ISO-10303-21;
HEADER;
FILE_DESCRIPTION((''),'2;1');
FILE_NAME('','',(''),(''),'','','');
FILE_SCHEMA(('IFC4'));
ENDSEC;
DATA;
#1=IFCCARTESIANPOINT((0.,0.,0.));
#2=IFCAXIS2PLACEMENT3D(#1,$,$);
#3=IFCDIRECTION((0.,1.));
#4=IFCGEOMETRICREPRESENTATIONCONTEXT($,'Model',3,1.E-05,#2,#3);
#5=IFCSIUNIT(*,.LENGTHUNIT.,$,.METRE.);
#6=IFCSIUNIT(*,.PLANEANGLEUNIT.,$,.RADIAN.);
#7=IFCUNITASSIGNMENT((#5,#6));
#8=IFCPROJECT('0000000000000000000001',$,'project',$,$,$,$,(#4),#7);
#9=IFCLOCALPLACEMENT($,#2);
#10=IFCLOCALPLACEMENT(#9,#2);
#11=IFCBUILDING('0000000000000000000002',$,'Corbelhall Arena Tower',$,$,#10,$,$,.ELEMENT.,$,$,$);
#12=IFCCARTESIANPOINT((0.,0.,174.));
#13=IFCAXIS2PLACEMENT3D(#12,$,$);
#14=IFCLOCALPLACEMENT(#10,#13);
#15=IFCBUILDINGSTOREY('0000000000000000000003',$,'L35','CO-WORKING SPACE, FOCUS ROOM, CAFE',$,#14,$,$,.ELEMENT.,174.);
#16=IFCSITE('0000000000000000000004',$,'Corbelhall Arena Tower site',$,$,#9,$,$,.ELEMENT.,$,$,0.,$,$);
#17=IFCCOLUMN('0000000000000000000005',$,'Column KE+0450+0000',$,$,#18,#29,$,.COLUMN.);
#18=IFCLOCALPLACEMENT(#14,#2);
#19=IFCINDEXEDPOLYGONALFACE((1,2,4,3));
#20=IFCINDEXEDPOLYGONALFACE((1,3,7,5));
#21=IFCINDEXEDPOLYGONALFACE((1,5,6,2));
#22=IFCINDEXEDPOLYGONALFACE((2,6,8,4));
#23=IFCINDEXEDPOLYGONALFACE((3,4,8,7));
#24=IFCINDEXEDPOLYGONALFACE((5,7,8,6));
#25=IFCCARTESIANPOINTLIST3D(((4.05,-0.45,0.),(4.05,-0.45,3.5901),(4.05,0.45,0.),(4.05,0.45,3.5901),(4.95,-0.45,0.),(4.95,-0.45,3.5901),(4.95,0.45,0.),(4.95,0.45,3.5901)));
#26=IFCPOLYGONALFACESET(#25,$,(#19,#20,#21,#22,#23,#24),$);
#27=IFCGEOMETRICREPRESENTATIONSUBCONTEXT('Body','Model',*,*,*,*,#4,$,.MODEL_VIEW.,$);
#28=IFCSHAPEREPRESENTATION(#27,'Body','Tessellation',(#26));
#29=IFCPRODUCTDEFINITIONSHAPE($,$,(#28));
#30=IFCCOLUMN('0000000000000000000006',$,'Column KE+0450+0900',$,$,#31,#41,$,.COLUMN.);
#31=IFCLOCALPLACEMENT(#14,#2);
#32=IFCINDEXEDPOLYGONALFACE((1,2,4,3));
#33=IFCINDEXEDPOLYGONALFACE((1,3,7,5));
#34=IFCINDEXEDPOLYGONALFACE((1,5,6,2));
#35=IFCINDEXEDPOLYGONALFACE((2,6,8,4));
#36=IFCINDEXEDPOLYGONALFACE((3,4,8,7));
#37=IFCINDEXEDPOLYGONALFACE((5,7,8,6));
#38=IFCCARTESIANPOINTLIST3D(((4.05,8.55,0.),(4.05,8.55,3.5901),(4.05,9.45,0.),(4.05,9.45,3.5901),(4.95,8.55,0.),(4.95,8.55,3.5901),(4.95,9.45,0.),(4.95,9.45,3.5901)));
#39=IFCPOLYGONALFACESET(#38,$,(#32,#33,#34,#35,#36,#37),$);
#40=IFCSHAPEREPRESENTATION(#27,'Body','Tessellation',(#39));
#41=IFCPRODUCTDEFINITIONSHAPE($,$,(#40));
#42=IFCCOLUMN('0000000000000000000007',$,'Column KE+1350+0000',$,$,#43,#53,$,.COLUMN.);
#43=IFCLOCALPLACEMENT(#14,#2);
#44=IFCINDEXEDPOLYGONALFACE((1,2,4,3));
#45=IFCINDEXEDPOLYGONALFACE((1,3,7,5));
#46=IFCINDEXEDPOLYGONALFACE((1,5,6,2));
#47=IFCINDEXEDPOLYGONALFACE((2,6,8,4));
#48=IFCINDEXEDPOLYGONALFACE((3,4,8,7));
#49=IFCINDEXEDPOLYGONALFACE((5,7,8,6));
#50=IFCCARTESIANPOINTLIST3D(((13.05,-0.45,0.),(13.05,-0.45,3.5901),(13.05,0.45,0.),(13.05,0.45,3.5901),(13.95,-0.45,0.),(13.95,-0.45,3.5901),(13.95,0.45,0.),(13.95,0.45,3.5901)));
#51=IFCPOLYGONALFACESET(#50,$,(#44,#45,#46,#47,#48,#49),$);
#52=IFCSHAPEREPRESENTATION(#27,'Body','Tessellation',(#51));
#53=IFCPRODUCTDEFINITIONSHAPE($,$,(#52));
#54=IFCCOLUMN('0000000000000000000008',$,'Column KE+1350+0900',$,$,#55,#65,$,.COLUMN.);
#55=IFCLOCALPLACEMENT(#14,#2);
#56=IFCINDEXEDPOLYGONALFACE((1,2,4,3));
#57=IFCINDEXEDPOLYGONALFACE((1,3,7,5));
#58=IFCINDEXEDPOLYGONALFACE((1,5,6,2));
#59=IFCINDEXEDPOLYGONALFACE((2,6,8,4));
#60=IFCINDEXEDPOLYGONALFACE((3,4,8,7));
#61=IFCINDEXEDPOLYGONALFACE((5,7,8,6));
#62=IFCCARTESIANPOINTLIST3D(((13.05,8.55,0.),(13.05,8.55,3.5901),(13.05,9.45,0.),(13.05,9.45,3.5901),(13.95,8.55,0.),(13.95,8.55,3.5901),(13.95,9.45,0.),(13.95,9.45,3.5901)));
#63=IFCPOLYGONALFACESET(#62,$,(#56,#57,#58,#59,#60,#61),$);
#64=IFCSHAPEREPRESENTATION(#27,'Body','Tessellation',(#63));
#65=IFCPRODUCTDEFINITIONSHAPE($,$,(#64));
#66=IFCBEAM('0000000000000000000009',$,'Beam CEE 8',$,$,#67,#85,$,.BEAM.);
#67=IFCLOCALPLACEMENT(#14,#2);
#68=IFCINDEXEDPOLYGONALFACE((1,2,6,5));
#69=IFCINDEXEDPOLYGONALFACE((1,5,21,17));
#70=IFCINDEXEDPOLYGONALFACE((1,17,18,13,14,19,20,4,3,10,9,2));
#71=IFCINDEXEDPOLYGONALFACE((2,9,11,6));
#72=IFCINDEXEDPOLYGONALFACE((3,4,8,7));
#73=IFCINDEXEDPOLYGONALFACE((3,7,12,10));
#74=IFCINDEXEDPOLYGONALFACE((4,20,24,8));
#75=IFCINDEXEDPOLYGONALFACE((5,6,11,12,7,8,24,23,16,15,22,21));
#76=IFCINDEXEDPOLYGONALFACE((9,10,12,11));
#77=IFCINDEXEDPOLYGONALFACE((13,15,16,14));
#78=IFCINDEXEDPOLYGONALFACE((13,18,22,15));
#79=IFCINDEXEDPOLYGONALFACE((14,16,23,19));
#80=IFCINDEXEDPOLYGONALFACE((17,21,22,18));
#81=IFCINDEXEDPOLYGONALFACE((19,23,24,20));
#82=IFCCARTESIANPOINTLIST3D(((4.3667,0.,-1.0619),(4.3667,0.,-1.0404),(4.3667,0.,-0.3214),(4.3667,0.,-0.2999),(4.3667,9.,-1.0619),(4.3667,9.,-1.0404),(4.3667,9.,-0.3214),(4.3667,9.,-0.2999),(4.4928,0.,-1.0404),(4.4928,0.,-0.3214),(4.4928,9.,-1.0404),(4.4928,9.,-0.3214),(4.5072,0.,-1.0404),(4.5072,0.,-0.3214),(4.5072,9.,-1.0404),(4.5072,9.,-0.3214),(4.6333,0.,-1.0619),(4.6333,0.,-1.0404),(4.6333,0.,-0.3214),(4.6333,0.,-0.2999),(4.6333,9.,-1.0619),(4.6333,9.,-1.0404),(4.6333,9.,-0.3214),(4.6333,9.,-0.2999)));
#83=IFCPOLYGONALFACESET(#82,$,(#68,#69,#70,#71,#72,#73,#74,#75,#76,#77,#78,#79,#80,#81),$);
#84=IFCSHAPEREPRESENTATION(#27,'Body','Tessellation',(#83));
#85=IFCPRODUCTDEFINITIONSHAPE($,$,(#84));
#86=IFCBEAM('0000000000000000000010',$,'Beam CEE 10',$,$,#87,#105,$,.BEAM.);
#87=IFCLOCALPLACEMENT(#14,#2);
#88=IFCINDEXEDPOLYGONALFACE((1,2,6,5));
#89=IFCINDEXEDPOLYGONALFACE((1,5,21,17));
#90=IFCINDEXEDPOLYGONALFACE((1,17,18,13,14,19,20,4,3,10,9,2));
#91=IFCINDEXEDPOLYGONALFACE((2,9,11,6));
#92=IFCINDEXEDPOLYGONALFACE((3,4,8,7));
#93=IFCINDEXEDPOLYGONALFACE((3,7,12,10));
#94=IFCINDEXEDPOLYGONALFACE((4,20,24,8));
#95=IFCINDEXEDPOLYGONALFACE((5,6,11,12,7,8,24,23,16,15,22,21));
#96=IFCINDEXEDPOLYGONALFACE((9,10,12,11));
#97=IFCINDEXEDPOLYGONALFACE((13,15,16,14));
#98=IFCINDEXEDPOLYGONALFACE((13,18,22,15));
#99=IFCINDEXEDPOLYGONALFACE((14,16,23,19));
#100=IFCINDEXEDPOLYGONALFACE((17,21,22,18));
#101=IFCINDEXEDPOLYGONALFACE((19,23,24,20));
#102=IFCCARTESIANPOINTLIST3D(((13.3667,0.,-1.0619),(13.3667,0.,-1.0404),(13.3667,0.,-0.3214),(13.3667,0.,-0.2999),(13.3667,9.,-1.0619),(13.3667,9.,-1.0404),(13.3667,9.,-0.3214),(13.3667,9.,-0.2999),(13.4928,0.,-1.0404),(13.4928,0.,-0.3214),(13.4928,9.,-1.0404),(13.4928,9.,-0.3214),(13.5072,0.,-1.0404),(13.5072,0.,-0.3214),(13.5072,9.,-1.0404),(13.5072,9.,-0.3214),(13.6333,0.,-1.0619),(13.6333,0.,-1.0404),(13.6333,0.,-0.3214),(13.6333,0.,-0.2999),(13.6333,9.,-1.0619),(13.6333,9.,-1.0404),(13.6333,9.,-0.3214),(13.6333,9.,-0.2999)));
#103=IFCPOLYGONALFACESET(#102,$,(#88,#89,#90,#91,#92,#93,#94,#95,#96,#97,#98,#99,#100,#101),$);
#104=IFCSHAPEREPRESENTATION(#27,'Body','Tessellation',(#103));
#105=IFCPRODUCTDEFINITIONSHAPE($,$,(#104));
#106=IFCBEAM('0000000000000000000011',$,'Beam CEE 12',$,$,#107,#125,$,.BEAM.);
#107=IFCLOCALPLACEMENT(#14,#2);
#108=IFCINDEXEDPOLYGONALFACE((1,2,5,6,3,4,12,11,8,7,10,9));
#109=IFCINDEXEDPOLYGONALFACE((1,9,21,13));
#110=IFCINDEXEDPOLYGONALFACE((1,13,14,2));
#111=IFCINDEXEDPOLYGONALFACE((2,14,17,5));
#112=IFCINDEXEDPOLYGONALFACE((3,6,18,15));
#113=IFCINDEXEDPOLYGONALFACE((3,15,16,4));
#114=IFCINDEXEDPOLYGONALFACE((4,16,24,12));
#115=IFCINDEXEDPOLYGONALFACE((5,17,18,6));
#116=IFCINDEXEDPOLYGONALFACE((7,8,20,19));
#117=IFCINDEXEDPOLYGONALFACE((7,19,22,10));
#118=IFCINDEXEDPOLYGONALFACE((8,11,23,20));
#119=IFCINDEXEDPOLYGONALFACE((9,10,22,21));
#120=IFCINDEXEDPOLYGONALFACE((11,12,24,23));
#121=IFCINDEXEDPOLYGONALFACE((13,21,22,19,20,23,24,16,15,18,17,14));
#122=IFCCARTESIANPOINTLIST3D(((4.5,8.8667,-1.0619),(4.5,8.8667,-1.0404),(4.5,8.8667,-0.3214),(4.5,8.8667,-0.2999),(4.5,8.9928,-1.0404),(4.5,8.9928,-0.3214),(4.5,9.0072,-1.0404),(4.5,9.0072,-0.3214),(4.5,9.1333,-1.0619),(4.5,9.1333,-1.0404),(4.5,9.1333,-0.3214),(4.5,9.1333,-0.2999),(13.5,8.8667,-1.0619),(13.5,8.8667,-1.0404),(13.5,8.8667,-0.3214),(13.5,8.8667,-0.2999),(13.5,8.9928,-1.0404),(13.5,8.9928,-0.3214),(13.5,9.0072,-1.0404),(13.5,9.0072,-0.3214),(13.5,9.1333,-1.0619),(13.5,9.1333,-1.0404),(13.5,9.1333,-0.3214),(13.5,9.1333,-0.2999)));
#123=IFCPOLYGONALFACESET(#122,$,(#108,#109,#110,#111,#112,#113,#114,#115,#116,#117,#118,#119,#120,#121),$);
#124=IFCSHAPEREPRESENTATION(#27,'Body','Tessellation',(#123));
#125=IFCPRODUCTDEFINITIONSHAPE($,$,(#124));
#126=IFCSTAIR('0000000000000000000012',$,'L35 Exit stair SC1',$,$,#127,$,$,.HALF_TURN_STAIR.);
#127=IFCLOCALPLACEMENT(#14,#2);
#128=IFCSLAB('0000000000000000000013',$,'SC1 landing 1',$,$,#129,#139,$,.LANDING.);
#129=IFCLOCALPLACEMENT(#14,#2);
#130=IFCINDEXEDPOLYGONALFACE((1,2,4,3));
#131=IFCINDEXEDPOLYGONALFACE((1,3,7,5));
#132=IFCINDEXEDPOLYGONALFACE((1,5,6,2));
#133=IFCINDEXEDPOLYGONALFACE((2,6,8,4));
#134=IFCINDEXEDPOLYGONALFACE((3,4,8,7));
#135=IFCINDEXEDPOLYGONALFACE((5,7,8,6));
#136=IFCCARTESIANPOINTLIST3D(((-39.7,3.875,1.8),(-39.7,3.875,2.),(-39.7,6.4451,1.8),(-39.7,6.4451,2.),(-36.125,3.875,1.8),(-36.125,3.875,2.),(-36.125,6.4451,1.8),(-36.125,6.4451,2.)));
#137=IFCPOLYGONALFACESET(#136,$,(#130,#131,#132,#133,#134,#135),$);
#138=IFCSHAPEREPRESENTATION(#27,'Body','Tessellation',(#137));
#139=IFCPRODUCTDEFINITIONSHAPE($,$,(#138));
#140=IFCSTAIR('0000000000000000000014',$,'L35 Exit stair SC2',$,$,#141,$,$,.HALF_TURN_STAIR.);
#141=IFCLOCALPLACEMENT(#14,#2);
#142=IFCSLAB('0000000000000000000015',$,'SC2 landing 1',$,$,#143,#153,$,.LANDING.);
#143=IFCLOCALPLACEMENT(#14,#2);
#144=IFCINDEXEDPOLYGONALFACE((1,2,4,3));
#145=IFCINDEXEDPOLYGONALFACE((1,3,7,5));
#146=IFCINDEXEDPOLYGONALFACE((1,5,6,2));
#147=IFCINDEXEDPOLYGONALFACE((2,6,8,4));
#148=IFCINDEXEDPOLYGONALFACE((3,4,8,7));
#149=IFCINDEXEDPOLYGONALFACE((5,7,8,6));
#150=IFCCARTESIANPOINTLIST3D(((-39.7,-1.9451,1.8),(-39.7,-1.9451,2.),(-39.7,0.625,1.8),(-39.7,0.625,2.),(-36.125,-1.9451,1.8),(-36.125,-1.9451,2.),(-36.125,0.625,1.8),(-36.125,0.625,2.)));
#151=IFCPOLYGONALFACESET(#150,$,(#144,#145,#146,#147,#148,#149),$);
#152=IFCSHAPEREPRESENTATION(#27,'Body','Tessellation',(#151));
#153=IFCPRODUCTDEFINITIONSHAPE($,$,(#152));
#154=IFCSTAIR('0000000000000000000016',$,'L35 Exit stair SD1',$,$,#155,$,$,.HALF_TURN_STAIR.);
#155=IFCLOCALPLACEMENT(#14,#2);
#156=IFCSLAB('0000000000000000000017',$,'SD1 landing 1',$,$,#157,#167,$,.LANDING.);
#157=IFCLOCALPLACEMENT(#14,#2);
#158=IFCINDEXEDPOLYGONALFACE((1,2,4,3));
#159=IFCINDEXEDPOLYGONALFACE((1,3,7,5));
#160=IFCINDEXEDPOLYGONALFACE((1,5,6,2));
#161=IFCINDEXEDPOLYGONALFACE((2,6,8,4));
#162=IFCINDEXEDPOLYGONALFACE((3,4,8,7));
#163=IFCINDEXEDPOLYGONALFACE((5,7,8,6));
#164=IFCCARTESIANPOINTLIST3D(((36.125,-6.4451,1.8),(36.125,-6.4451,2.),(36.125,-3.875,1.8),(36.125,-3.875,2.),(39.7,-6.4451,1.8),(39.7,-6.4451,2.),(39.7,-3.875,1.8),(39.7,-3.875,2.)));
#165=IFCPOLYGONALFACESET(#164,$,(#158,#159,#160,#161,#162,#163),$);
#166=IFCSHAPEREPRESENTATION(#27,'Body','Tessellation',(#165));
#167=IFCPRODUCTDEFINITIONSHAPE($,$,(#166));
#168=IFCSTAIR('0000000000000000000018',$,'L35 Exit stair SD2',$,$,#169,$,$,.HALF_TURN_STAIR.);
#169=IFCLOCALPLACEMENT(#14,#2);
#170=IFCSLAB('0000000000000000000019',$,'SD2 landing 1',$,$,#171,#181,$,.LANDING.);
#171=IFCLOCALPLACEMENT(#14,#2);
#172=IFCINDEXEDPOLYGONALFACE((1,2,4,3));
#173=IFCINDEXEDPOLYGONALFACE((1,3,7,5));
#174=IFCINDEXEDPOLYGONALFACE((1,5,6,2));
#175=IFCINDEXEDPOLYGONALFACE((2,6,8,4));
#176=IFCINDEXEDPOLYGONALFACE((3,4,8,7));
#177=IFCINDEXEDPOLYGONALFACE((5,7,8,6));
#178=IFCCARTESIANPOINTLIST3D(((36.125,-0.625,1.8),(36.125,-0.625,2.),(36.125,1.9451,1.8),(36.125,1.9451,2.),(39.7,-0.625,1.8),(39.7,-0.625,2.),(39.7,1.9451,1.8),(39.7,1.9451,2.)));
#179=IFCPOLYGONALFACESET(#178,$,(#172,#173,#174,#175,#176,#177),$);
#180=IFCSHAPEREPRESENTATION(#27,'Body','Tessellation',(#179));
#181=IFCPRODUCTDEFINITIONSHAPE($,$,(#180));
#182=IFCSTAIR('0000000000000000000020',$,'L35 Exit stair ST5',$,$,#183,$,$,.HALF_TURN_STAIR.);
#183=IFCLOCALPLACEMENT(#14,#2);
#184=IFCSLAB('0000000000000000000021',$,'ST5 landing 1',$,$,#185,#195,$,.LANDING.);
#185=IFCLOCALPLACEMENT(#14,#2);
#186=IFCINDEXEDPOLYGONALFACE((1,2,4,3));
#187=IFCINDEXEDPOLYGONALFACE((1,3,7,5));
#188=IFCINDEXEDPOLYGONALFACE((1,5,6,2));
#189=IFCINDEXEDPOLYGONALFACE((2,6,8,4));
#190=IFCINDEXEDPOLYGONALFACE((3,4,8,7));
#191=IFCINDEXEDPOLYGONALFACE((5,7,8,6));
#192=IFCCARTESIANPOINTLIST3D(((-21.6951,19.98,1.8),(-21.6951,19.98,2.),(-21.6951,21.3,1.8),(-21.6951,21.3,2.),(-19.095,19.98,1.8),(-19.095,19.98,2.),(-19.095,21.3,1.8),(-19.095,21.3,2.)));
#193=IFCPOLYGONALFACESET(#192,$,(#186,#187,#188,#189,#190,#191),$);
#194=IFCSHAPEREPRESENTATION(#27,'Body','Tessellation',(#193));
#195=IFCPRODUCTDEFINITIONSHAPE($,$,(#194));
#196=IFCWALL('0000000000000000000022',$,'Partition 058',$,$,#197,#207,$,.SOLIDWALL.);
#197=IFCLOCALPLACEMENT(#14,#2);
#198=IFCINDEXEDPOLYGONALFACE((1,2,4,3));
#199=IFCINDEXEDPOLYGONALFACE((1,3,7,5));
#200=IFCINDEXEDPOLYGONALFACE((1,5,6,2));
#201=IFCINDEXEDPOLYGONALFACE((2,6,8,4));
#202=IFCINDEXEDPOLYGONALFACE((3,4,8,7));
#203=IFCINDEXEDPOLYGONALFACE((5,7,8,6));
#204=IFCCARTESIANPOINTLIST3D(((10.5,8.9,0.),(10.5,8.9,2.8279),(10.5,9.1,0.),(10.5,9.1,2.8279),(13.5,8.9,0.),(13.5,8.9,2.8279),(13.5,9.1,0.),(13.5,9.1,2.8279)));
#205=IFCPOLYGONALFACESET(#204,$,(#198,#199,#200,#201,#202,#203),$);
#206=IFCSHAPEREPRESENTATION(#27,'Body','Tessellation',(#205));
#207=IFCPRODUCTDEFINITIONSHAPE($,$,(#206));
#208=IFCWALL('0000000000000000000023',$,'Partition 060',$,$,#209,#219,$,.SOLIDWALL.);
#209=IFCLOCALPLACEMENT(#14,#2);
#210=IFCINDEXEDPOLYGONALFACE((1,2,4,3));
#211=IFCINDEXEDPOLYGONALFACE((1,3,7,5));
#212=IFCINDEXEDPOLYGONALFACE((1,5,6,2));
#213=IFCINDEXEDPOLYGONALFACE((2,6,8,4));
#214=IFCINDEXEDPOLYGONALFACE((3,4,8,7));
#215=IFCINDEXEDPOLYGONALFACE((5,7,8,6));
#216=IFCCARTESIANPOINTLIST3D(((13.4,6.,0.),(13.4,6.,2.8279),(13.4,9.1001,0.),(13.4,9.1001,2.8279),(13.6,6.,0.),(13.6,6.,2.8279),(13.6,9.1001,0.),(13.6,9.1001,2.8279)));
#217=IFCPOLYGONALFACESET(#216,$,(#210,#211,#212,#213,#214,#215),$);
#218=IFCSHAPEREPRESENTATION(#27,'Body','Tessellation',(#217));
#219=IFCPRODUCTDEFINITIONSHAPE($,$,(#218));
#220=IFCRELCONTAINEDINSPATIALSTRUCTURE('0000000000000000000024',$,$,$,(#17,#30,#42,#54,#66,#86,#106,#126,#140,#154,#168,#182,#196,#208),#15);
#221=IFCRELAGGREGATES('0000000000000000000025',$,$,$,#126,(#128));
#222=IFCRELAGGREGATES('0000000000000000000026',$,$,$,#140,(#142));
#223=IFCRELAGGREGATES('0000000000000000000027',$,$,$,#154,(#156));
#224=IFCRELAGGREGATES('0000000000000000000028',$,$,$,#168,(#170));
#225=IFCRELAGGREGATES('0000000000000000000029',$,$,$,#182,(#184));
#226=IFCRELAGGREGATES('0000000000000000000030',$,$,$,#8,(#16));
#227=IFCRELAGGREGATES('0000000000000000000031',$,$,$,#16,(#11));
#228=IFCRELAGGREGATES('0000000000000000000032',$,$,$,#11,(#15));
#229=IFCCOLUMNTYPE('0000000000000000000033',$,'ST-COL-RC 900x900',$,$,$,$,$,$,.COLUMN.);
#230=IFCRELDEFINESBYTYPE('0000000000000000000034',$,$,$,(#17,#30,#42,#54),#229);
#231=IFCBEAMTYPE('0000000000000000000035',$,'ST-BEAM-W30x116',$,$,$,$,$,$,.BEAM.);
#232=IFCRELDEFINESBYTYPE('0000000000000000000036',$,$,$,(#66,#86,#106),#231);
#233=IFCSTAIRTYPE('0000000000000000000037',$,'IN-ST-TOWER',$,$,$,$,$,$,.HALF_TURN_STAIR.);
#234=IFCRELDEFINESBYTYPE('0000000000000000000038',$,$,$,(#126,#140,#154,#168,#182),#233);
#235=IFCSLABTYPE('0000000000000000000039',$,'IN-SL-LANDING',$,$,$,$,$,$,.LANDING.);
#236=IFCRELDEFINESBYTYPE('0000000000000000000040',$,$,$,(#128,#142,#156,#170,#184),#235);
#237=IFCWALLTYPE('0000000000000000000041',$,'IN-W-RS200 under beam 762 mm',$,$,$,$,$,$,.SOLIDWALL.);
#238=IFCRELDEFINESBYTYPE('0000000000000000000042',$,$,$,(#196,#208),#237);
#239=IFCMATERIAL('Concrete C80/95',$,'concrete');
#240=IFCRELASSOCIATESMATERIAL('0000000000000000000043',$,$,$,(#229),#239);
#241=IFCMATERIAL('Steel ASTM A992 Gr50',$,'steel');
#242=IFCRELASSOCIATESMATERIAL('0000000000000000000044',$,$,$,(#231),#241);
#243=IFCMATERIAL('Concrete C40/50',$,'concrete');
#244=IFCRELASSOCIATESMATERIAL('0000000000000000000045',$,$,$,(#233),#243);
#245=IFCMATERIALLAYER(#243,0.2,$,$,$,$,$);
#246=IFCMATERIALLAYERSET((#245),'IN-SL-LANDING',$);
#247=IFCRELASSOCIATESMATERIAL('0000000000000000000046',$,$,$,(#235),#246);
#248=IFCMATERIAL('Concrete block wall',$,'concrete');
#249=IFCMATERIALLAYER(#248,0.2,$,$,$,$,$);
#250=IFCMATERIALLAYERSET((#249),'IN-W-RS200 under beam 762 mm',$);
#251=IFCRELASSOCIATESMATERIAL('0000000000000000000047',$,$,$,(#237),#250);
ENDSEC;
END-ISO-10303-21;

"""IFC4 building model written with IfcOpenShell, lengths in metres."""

from ifc_helpers import new_model, si_unit, direction, frame, frame_2d, origin, origin_2d, place, context, subcontext, project, spatial, polyline, rectangle, i_section, outline, extrude, material, layer, layer_set, material_profile, profile_set, type_object, element, aggregate, save


model = new_model("IFC4")

# Units and contexts
model_context = context("Model", 3, precision=1e-05, world=origin(), true_north=direction((0.0, 1.0)))
body_context = subcontext(model_context, "Body", "Model", "MODEL_VIEW")
ifc_project = project(units=[si_unit("LENGTHUNIT", "METRE"), si_unit("PLANEANGLEUNIT", "RADIAN")], contexts=[model_context])

# Site, building, storey
site_placement = place(None, origin())
site = spatial("IfcSite", under=ifc_project, at=site_placement, Name="Corbelhall Arena Tower site", CompositionType="ELEMENT", RefElevation=0.0)
building_placement = place(site_placement, origin())
building = spatial("IfcBuilding", under=site, at=building_placement, Name="Corbelhall Arena Tower", CompositionType="ELEMENT")
storey_placement = place(building_placement, frame((0.0, 0.0, 174.0)))
storey = spatial("IfcBuildingStorey", under=building, at=storey_placement, Name="L35", Description="CO-WORKING SPACE, FOCUS ROOM, CAFE", CompositionType="ELEMENT", Elevation=174.0)

# Columns
ifc_material_1 = material(Name="Concrete C80/95", Category="concrete")
ifc_material_profile_1 = material_profile(ifc_material_1, rectangle(XDim=0.8999, YDim=0.8999, at=origin_2d()))
ifc_profile_set_1 = profile_set([ifc_material_profile_1], Name="Concrete C80/95")
column_type = type_object("IfcColumnType", Name="ST-COL-RC 900x900", PredefinedType="COLUMN", material=ifc_profile_set_1)
for number, where, z_axis, x_axis, name in (
    (1, (4.5, 0.0, 0.0), (0.0, 0.0, 1.0), (1.0, 0.0, 0.0), "Column KE+0450+0000"),
    (2, (4.5, 9.0, 0.0), (0.0, 0.0, 1.0), (1.0, 0.0, 0.0), "Column KE+0450+0900"),
    (3, (13.5, 0.0, 0.0), (0.0, 0.0, 1.0), (1.0, 0.0, 0.0), "Column KE+1350+0000"),
    (4, (13.5, 9.0, 0.0), (0.0, 0.0, 1.0), (1.0, 0.0, 0.0), "Column KE+1350+0900"),
):
    element("IfcColumn", number, at=place(storey_placement, frame(where, z_axis=z_axis, x_axis=x_axis)), inside=storey, type_object=column_type, Name=name, PredefinedType="COLUMN", context=body_context, shape_type="SweptSolid", body=[
        extrude(rectangle(XDim=0.8999, YDim=0.8999, at=origin_2d()), origin(), (0.0, 0.0, 1.0), 3.5901),
    ])

# Beams
ifc_material_2 = material(Name="Steel ASTM A992 Gr50", Category="steel")
ifc_material_profile_2 = material_profile(ifc_material_2, i_section(OverallWidth=0.2666, OverallDepth=0.762, WebThickness=0.0144, FlangeThickness=0.0215, at=origin_2d()))
ifc_profile_set_2 = profile_set([ifc_material_profile_2], Name="Steel ASTM A992 Gr50")
beam_type = type_object("IfcBeamType", Name="ST-BEAM-W30x116", PredefinedType="BEAM", material=ifc_profile_set_2)
for number, where, z_axis, x_axis, name in (
    (5, (4.5, 0.0, -0.6809), (0.0, 1.0, 0.0), (-1.0, 0.0, 0.0), "Beam CEE 8"),
    (6, (13.5, 0.0, -0.6809), (0.0, 1.0, 0.0), (-1.0, 0.0, 0.0), "Beam CEE 10"),
    (7, (4.5, 9.0, -0.6809), (1.0, 0.0, 0.0), (0.0, 1.0, 0.0), "Beam CEE 12"),
):
    element("IfcBeam", number, at=place(storey_placement, frame(where, z_axis=z_axis, x_axis=x_axis)), inside=storey, type_object=beam_type, Name=name, PredefinedType="BEAM", context=body_context, shape_type="SweptSolid", body=[
        extrude(i_section(OverallWidth=0.2666, OverallDepth=0.762, WebThickness=0.0144, FlangeThickness=0.0215, at=origin_2d()), origin(), (0.0, 0.0, 1.0), 9.0),
    ])

# Stairs, slabs
ifc_material_3 = material(Name="Concrete C40/50", Category="concrete")
stair_type = type_object("IfcStairType", Name="IN-ST-TOWER", PredefinedType="HALF_TURN_STAIR", material=ifc_material_3)
stair_1_placement = place(storey_placement, origin())
stair_1 = element("IfcStair", 8, at=stair_1_placement, inside=storey, type_object=stair_type, Name="L35 Exit stair SC1", PredefinedType="HALF_TURN_STAIR")
ifc_layer_1 = layer(ifc_material_3, 0.2)
ifc_layer_set_1 = layer_set([ifc_layer_1], Name="IN-SL-LANDING")
slab_type = type_object("IfcSlabType", Name="IN-SL-LANDING", PredefinedType="LANDING", material=ifc_layer_set_1)
slab_1_placement = place(storey_placement, frame((0.0, 0.0, 1.8)))
slab_1 = element("IfcSlab", 9, at=slab_1_placement, type_object=slab_type, Name="SC1 landing 1", PredefinedType="LANDING", context=body_context, shape_type="SweptSolid", body=[
    extrude(outline(polyline([(-39.7, 6.4451), (-39.7, 3.875), (-36.125, 3.875), (-36.125, 6.4451), (-39.7, 6.4451)])), origin(), (0.0, 0.0, 1.0), 0.2),
])
aggregate(stair_1, [slab_1])
stair_2_placement = place(storey_placement, origin())
stair_2 = element("IfcStair", 10, at=stair_2_placement, inside=storey, type_object=stair_type, Name="L35 Exit stair SC2", PredefinedType="HALF_TURN_STAIR")
slab_2_placement = place(storey_placement, frame((0.0, 0.0, 1.8)))
slab_2 = element("IfcSlab", 11, at=slab_2_placement, type_object=slab_type, Name="SC2 landing 1", PredefinedType="LANDING", context=body_context, shape_type="SweptSolid", body=[
    extrude(outline(polyline([(-36.125, -1.9451), (-36.125, 0.625), (-39.7, 0.625), (-39.7, -1.9451), (-36.125, -1.9451)])), origin(), (0.0, 0.0, 1.0), 0.2),
])
aggregate(stair_2, [slab_2])
stair_3_placement = place(storey_placement, origin())
stair_3 = element("IfcStair", 12, at=stair_3_placement, inside=storey, type_object=stair_type, Name="L35 Exit stair SD1", PredefinedType="HALF_TURN_STAIR")
slab_3_placement = place(storey_placement, frame((0.0, 0.0, 1.8)))
slab_3 = element("IfcSlab", 13, at=slab_3_placement, type_object=slab_type, Name="SD1 landing 1", PredefinedType="LANDING", context=body_context, shape_type="SweptSolid", body=[
    extrude(outline(polyline([(39.7, -6.4451), (39.7, -3.875), (36.125, -3.875), (36.125, -6.4451), (39.7, -6.4451)])), origin(), (0.0, 0.0, 1.0), 0.2),
])
aggregate(stair_3, [slab_3])
stair_4_placement = place(storey_placement, origin())
stair_4 = element("IfcStair", 14, at=stair_4_placement, inside=storey, type_object=stair_type, Name="L35 Exit stair SD2", PredefinedType="HALF_TURN_STAIR")
slab_4_placement = place(storey_placement, frame((0.0, 0.0, 1.8)))
slab_4 = element("IfcSlab", 15, at=slab_4_placement, type_object=slab_type, Name="SD2 landing 1", PredefinedType="LANDING", context=body_context, shape_type="SweptSolid", body=[
    extrude(outline(polyline([(36.125, 1.9451), (36.125, -0.625), (39.7, -0.625), (39.7, 1.9451), (36.125, 1.9451)])), origin(), (0.0, 0.0, 1.0), 0.2),
])
aggregate(stair_4, [slab_4])
stair_5_placement = place(storey_placement, origin())
stair_5 = element("IfcStair", 16, at=stair_5_placement, inside=storey, type_object=stair_type, Name="L35 Exit stair ST5", PredefinedType="HALF_TURN_STAIR")
slab_5_placement = place(storey_placement, frame((0.0, 0.0, 1.8)))
slab_5 = element("IfcSlab", 17, at=slab_5_placement, type_object=slab_type, Name="ST5 landing 1", PredefinedType="LANDING", context=body_context, shape_type="SweptSolid", body=[
    extrude(outline(polyline([(-19.095, 19.98), (-19.095, 21.3), (-21.6951, 21.3), (-21.6951, 19.98), (-19.095, 19.98)])), origin(), (0.0, 0.0, 1.0), 0.2),
])
aggregate(stair_5, [slab_5])

# Shared definitions
ifc_material_4 = material(Name="Concrete block wall", Category="concrete")

# Walls
ifc_layer_2 = layer(ifc_material_4, 0.2)
ifc_layer_set_2 = layer_set([ifc_layer_2], Name="IN-W-RS200 under beam 762 mm")
wall_type_1 = type_object("IfcWallType", Name="IN-W-RS200 under beam 762 mm", PredefinedType="SOLIDWALL", material=ifc_layer_set_2)
wall_1_placement = place(storey_placement, frame((10.5, 9.0, 0.0), z_axis=(0.0, 0.0, 1.0), x_axis=(1.0, 0.0, 0.0)))
element("IfcWall", 18, at=wall_1_placement, inside=storey, type_object=wall_type_1, Name="Partition 058", PredefinedType="SOLIDWALL", context=body_context, shape_type="SweptSolid", body=[
    extrude(rectangle(XDim=3.0, YDim=0.2, at=frame_2d((1.5, 0.0))), origin(), (0.0, 0.0, 1.0), 2.8279),
])
wall_2_placement = place(storey_placement, frame((13.5, 9.1001, 0.0), z_axis=(0.0, 0.0, 1.0), x_axis=(0.0, -1.0, 0.0)))
element("IfcWall", 19, at=wall_2_placement, inside=storey, type_object=wall_type_1, Name="Partition 060", PredefinedType="SOLIDWALL", context=body_context, shape_type="SweptSolid", body=[
    extrude(rectangle(XDim=3.1001, YDim=0.2, at=frame_2d((1.55, 0.0))), origin(), (0.0, 0.0, 1.0), 2.8279),
])

save(model, "model.ifc")
